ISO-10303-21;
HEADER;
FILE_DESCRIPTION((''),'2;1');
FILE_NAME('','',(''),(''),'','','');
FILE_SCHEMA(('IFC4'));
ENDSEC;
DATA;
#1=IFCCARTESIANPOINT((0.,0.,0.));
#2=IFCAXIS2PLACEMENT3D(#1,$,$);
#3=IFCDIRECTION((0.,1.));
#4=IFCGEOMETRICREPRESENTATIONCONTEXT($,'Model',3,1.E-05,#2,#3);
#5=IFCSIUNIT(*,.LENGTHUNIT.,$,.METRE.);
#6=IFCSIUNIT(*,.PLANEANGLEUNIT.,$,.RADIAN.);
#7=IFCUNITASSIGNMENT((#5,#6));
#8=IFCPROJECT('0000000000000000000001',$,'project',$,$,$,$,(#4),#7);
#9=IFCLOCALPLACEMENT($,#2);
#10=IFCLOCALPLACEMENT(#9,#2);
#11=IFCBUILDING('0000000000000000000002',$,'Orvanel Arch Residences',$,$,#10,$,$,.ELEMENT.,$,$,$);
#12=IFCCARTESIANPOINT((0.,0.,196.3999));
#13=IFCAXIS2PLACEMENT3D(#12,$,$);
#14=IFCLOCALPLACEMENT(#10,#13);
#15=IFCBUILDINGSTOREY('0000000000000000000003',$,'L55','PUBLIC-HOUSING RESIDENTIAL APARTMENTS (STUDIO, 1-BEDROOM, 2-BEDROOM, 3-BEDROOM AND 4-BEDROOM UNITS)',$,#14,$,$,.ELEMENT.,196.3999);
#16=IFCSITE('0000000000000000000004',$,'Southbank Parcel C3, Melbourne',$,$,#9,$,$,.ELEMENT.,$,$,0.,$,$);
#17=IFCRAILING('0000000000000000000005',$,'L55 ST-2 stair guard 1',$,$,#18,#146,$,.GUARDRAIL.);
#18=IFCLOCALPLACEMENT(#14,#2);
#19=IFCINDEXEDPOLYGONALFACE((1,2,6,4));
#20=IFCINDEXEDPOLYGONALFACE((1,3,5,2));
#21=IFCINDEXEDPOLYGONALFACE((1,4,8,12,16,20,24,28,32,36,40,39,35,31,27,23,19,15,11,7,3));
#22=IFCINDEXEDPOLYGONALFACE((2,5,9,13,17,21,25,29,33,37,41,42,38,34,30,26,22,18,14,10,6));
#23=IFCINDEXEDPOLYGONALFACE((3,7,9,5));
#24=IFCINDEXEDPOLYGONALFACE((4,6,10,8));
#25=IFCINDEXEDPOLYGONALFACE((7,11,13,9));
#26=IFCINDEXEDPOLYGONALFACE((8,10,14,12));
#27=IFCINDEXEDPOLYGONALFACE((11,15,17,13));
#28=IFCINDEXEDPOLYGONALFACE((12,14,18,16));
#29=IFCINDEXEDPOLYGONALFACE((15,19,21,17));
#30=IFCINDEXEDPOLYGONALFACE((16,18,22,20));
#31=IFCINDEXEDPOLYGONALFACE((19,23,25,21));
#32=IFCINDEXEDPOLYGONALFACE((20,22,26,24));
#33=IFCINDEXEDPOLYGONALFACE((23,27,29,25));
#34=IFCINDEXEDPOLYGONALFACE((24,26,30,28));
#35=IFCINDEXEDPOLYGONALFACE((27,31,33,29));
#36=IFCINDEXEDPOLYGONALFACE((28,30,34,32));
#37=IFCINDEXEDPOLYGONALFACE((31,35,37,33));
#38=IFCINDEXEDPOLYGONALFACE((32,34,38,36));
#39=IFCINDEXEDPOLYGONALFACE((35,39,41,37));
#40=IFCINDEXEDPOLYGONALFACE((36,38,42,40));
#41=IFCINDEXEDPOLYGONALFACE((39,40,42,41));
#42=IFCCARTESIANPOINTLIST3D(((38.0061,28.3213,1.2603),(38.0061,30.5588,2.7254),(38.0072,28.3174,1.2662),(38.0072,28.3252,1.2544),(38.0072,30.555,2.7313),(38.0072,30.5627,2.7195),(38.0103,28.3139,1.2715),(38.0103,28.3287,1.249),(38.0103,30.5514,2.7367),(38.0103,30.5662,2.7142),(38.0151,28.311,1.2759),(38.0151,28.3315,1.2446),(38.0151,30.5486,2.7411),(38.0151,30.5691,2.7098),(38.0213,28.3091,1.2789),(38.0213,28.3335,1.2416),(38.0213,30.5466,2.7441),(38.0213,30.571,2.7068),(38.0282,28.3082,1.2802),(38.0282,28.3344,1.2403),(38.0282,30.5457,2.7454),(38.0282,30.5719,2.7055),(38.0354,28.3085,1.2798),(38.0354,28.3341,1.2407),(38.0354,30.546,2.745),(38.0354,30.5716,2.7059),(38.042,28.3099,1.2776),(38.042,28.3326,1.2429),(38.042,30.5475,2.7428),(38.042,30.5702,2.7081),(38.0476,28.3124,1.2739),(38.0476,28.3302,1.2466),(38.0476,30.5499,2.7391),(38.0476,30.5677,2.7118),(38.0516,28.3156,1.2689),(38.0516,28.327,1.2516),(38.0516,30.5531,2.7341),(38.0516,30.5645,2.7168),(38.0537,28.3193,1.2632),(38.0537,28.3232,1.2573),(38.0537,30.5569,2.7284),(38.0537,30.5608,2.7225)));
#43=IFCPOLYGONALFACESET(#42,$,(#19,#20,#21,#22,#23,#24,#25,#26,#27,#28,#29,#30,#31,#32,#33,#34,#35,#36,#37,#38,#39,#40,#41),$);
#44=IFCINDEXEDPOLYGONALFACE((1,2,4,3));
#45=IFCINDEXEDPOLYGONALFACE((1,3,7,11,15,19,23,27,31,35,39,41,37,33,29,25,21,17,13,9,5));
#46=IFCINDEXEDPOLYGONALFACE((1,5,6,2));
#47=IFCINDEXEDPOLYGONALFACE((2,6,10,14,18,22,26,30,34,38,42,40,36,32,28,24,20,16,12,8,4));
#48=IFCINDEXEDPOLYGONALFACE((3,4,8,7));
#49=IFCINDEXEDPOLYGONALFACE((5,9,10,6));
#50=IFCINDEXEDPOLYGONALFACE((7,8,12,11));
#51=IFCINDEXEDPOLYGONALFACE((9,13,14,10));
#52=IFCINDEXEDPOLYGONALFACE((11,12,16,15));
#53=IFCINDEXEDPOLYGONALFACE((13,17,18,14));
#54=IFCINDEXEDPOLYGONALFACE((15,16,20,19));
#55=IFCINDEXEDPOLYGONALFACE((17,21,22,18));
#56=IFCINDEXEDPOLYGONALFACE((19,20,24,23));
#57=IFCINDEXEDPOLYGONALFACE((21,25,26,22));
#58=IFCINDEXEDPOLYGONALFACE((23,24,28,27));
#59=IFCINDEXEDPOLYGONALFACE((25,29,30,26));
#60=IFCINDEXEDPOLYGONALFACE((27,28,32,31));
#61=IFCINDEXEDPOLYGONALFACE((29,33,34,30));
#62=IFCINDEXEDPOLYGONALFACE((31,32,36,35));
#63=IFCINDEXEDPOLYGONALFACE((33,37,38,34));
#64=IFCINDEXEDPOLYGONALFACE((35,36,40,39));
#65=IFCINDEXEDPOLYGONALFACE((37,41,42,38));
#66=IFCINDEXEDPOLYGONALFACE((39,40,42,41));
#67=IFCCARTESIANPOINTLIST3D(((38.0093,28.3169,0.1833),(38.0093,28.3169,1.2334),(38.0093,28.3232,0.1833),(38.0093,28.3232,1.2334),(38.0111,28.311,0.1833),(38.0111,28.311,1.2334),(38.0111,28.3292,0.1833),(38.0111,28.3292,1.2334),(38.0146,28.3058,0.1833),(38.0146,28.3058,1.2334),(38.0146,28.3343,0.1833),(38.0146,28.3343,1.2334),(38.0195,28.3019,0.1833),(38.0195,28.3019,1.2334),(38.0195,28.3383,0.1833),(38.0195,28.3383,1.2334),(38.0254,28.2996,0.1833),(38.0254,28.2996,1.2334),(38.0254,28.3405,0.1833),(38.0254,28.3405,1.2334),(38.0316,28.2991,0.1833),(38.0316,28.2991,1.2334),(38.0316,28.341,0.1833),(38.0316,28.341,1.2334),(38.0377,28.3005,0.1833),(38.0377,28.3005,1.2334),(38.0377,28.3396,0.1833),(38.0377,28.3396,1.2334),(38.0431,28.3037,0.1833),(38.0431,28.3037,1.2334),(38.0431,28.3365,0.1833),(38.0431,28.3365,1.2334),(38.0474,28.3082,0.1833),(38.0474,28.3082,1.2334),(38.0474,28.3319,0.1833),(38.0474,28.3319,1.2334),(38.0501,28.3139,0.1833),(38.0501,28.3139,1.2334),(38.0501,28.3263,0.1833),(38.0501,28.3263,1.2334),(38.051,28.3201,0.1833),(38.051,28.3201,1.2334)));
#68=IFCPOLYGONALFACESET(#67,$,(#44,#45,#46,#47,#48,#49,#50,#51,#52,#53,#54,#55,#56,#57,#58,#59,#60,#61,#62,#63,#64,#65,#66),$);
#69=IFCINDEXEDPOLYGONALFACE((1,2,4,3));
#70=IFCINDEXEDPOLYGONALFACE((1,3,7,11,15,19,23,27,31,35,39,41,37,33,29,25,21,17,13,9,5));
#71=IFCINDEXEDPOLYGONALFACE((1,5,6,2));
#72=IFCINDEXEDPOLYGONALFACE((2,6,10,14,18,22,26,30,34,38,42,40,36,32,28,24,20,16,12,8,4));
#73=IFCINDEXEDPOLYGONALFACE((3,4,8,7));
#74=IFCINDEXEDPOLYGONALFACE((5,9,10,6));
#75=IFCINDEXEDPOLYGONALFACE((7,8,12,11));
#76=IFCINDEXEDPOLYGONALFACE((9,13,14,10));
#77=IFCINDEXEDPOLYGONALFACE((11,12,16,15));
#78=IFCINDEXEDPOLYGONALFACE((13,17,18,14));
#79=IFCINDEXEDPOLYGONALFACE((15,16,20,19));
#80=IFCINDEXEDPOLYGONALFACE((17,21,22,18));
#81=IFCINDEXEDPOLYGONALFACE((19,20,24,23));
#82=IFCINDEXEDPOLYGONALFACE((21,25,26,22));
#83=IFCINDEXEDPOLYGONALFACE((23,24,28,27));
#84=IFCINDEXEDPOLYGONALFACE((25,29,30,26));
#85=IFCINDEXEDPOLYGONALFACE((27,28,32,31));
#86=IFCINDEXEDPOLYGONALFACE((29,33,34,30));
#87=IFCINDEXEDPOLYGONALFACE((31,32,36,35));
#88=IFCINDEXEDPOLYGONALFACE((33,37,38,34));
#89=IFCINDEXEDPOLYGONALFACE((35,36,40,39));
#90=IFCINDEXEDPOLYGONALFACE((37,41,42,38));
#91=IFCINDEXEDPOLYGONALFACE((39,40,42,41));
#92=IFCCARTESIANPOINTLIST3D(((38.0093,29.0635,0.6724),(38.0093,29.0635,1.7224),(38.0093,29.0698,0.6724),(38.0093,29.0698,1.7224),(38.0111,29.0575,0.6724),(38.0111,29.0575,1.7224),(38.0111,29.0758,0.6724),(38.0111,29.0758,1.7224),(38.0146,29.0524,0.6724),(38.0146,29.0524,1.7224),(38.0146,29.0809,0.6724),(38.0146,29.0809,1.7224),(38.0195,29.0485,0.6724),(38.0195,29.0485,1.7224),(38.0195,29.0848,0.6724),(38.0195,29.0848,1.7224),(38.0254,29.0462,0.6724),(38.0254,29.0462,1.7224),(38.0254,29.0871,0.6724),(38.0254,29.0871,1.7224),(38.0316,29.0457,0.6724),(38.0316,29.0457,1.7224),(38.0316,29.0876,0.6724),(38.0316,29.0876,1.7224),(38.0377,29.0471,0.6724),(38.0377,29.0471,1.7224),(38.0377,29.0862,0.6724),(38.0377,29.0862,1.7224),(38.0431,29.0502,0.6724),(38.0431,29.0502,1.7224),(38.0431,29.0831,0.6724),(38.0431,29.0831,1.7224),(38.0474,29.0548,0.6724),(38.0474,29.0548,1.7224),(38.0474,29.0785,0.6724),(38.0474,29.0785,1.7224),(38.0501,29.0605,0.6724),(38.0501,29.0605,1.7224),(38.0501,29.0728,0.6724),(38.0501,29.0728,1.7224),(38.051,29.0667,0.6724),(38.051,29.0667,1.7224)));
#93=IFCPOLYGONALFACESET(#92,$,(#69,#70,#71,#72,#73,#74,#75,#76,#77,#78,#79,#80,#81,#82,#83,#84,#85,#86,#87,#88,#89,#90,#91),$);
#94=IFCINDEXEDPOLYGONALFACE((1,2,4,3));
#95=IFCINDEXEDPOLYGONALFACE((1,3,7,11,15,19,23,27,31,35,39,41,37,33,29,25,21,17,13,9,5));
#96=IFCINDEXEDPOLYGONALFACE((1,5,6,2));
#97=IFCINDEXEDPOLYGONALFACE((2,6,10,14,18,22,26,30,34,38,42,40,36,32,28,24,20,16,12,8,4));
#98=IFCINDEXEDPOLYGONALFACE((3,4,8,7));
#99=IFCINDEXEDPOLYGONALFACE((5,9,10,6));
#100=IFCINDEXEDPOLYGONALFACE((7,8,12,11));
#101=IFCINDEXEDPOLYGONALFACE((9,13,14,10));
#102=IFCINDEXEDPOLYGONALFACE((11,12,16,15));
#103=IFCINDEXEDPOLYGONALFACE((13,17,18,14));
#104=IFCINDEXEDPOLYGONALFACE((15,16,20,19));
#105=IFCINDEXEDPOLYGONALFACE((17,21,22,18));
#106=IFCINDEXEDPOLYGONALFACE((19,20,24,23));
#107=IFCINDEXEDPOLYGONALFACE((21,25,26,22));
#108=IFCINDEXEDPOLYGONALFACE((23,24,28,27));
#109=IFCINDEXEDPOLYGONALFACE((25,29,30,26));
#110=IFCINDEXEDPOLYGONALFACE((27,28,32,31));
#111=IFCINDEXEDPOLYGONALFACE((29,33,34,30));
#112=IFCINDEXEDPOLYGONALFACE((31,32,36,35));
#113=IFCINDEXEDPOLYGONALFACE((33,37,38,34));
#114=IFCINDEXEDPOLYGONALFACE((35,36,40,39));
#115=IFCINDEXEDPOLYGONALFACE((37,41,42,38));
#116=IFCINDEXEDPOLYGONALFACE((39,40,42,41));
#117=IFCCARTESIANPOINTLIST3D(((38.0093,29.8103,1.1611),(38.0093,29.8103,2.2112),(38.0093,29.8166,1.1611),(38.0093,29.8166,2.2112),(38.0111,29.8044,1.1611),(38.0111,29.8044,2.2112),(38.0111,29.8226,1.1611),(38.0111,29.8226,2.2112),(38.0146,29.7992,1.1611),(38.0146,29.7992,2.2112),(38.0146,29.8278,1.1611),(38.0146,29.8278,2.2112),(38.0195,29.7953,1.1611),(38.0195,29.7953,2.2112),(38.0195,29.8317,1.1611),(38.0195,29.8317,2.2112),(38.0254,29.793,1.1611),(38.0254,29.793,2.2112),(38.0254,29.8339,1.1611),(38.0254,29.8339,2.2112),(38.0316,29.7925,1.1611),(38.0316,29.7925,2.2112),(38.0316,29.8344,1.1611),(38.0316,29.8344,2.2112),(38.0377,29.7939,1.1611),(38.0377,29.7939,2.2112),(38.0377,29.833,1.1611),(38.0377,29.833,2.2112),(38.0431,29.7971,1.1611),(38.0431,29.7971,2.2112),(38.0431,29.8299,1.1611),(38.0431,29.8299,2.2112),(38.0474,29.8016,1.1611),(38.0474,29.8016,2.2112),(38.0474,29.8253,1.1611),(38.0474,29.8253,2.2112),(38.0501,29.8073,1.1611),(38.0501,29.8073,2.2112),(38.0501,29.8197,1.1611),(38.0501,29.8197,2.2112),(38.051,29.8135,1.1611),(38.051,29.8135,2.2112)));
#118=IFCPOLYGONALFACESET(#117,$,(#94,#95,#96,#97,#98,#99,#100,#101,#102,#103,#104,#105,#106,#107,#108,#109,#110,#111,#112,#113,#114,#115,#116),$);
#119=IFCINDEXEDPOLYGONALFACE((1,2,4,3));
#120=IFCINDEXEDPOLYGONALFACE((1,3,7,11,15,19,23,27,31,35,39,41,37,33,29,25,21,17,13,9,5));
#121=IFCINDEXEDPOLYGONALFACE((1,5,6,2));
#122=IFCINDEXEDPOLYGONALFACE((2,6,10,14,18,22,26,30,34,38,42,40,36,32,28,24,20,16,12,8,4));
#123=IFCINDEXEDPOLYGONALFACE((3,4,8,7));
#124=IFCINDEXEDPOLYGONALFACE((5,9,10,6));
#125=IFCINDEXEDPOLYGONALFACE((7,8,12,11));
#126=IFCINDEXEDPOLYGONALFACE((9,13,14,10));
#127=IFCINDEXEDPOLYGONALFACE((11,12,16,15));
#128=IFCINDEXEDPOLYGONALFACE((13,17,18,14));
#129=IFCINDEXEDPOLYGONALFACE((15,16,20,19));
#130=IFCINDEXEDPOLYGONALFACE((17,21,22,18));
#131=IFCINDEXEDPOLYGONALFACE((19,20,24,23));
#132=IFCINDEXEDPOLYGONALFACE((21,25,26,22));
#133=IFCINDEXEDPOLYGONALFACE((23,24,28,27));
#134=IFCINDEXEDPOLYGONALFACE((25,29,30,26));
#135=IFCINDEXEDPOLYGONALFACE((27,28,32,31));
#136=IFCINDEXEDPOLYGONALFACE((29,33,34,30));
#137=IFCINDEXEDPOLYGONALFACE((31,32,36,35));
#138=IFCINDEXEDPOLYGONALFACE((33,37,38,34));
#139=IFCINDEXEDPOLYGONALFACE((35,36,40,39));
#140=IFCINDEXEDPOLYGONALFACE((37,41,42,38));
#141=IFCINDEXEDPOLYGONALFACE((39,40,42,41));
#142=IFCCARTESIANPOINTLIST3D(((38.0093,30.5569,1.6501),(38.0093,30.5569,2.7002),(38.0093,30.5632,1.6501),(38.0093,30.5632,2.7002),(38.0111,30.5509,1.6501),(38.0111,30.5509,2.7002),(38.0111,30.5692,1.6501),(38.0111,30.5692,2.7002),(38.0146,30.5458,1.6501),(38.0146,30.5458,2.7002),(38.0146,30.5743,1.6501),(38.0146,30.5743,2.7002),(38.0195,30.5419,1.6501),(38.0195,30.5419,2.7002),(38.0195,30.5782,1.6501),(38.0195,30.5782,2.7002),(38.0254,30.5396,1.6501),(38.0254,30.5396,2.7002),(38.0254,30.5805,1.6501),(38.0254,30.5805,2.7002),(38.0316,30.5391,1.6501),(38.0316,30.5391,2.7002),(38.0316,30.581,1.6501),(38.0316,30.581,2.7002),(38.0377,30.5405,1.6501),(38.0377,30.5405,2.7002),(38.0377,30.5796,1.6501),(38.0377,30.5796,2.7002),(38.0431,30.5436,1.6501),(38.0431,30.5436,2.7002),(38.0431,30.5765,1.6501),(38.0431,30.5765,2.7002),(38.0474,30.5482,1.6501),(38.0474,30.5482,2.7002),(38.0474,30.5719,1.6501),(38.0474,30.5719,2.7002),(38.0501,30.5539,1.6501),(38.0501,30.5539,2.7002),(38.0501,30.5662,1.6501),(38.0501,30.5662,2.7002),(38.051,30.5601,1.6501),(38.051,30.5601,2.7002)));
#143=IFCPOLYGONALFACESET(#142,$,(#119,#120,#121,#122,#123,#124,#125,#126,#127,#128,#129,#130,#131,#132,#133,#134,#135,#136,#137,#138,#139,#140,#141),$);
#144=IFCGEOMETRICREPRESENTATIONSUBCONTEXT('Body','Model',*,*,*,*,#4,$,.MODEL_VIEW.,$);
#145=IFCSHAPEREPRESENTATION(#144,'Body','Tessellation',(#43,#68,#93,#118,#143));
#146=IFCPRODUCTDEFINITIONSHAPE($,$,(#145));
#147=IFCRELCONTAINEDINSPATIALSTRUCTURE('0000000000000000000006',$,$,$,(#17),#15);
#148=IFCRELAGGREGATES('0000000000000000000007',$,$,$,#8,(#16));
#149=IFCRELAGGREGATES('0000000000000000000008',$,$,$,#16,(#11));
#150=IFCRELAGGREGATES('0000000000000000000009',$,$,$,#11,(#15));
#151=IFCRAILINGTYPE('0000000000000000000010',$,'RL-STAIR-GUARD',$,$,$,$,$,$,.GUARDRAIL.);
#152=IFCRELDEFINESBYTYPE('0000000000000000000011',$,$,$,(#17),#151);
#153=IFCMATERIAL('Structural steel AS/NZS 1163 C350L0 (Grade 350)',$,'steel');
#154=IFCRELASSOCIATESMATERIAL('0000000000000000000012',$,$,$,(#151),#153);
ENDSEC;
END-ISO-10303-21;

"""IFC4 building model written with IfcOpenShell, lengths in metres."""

from ifc_helpers import new_model, si_unit, direction, frame, origin, origin_2d, place, context, subcontext, project, spatial, circle, extrude, material, type_object, element, save


model = new_model("IFC4")

# Units and contexts
model_context = context("Model", 3, precision=1e-05, world=origin(), true_north=direction((0.0, 1.0)))
body_context = subcontext(model_context, "Body", "Model", "MODEL_VIEW")
ifc_project = project(units=[si_unit("LENGTHUNIT", "METRE"), si_unit("PLANEANGLEUNIT", "RADIAN")], contexts=[model_context])

# Site, building, storey
site_placement = place(None, origin())
site = spatial("IfcSite", under=ifc_project, at=site_placement, Name="Southbank Parcel C3, Melbourne", CompositionType="ELEMENT", RefElevation=0.0)
building_placement = place(site_placement, origin())
building = spatial("IfcBuilding", under=site, at=building_placement, Name="Orvanel Arch Residences", CompositionType="ELEMENT")
storey_placement = place(building_placement, frame((0.0, 0.0, 196.3999)))
storey = spatial("IfcBuildingStorey", under=building, at=storey_placement, Name="L55", Description="PUBLIC-HOUSING RESIDENTIAL APARTMENTS (STUDIO, 1-BEDROOM, 2-BEDROOM, 3-BEDROOM AND 4-BEDROOM UNITS)", CompositionType="ELEMENT", Elevation=196.3999)

# Railing
ifc_material_1 = material(Name="Structural steel AS/NZS 1163 C350L0 (Grade 350)", Category="steel")
railing_type_1 = type_object("IfcRailingType", Name="RL-STAIR-GUARD", PredefinedType="GUARDRAIL", material=ifc_material_1)
railing_1_placement = place(storey_placement, frame((38.03, 28.3201, 0.1833)))
element("IfcRailing", 1, at=railing_1_placement, inside=storey, type_object=railing_type_1, Name="L55 ST-2 stair guard 1", PredefinedType="GUARDRAIL", context=body_context, shape_type="SweptSolid", body=[
    extrude(circle(Radius=0.0239, at=origin_2d()), frame((0.0, 0.0012, 1.0769), z_axis=(0.0, 0.836595, 0.547822), x_axis=(-1.0, 0.0, 0.0)), (0.0, 0.0, 1.0), 2.6746),
    extrude(circle(Radius=0.021, at=origin_2d()), origin(), (0.0, 0.0, 1.0), 1.05),
    extrude(circle(Radius=0.021, at=origin_2d()), frame((0.0, 0.7466, 0.489)), (0.0, 0.0, 1.0), 1.05),
    extrude(circle(Radius=0.021, at=origin_2d()), frame((0.0, 1.4934, 0.9778)), (0.0, 0.0, 1.0), 1.05),
    extrude(circle(Radius=0.021, at=origin_2d()), frame((0.0, 2.24, 1.4668)), (0.0, 0.0, 1.0), 1.05),
])

save(model, "model.ifc")
